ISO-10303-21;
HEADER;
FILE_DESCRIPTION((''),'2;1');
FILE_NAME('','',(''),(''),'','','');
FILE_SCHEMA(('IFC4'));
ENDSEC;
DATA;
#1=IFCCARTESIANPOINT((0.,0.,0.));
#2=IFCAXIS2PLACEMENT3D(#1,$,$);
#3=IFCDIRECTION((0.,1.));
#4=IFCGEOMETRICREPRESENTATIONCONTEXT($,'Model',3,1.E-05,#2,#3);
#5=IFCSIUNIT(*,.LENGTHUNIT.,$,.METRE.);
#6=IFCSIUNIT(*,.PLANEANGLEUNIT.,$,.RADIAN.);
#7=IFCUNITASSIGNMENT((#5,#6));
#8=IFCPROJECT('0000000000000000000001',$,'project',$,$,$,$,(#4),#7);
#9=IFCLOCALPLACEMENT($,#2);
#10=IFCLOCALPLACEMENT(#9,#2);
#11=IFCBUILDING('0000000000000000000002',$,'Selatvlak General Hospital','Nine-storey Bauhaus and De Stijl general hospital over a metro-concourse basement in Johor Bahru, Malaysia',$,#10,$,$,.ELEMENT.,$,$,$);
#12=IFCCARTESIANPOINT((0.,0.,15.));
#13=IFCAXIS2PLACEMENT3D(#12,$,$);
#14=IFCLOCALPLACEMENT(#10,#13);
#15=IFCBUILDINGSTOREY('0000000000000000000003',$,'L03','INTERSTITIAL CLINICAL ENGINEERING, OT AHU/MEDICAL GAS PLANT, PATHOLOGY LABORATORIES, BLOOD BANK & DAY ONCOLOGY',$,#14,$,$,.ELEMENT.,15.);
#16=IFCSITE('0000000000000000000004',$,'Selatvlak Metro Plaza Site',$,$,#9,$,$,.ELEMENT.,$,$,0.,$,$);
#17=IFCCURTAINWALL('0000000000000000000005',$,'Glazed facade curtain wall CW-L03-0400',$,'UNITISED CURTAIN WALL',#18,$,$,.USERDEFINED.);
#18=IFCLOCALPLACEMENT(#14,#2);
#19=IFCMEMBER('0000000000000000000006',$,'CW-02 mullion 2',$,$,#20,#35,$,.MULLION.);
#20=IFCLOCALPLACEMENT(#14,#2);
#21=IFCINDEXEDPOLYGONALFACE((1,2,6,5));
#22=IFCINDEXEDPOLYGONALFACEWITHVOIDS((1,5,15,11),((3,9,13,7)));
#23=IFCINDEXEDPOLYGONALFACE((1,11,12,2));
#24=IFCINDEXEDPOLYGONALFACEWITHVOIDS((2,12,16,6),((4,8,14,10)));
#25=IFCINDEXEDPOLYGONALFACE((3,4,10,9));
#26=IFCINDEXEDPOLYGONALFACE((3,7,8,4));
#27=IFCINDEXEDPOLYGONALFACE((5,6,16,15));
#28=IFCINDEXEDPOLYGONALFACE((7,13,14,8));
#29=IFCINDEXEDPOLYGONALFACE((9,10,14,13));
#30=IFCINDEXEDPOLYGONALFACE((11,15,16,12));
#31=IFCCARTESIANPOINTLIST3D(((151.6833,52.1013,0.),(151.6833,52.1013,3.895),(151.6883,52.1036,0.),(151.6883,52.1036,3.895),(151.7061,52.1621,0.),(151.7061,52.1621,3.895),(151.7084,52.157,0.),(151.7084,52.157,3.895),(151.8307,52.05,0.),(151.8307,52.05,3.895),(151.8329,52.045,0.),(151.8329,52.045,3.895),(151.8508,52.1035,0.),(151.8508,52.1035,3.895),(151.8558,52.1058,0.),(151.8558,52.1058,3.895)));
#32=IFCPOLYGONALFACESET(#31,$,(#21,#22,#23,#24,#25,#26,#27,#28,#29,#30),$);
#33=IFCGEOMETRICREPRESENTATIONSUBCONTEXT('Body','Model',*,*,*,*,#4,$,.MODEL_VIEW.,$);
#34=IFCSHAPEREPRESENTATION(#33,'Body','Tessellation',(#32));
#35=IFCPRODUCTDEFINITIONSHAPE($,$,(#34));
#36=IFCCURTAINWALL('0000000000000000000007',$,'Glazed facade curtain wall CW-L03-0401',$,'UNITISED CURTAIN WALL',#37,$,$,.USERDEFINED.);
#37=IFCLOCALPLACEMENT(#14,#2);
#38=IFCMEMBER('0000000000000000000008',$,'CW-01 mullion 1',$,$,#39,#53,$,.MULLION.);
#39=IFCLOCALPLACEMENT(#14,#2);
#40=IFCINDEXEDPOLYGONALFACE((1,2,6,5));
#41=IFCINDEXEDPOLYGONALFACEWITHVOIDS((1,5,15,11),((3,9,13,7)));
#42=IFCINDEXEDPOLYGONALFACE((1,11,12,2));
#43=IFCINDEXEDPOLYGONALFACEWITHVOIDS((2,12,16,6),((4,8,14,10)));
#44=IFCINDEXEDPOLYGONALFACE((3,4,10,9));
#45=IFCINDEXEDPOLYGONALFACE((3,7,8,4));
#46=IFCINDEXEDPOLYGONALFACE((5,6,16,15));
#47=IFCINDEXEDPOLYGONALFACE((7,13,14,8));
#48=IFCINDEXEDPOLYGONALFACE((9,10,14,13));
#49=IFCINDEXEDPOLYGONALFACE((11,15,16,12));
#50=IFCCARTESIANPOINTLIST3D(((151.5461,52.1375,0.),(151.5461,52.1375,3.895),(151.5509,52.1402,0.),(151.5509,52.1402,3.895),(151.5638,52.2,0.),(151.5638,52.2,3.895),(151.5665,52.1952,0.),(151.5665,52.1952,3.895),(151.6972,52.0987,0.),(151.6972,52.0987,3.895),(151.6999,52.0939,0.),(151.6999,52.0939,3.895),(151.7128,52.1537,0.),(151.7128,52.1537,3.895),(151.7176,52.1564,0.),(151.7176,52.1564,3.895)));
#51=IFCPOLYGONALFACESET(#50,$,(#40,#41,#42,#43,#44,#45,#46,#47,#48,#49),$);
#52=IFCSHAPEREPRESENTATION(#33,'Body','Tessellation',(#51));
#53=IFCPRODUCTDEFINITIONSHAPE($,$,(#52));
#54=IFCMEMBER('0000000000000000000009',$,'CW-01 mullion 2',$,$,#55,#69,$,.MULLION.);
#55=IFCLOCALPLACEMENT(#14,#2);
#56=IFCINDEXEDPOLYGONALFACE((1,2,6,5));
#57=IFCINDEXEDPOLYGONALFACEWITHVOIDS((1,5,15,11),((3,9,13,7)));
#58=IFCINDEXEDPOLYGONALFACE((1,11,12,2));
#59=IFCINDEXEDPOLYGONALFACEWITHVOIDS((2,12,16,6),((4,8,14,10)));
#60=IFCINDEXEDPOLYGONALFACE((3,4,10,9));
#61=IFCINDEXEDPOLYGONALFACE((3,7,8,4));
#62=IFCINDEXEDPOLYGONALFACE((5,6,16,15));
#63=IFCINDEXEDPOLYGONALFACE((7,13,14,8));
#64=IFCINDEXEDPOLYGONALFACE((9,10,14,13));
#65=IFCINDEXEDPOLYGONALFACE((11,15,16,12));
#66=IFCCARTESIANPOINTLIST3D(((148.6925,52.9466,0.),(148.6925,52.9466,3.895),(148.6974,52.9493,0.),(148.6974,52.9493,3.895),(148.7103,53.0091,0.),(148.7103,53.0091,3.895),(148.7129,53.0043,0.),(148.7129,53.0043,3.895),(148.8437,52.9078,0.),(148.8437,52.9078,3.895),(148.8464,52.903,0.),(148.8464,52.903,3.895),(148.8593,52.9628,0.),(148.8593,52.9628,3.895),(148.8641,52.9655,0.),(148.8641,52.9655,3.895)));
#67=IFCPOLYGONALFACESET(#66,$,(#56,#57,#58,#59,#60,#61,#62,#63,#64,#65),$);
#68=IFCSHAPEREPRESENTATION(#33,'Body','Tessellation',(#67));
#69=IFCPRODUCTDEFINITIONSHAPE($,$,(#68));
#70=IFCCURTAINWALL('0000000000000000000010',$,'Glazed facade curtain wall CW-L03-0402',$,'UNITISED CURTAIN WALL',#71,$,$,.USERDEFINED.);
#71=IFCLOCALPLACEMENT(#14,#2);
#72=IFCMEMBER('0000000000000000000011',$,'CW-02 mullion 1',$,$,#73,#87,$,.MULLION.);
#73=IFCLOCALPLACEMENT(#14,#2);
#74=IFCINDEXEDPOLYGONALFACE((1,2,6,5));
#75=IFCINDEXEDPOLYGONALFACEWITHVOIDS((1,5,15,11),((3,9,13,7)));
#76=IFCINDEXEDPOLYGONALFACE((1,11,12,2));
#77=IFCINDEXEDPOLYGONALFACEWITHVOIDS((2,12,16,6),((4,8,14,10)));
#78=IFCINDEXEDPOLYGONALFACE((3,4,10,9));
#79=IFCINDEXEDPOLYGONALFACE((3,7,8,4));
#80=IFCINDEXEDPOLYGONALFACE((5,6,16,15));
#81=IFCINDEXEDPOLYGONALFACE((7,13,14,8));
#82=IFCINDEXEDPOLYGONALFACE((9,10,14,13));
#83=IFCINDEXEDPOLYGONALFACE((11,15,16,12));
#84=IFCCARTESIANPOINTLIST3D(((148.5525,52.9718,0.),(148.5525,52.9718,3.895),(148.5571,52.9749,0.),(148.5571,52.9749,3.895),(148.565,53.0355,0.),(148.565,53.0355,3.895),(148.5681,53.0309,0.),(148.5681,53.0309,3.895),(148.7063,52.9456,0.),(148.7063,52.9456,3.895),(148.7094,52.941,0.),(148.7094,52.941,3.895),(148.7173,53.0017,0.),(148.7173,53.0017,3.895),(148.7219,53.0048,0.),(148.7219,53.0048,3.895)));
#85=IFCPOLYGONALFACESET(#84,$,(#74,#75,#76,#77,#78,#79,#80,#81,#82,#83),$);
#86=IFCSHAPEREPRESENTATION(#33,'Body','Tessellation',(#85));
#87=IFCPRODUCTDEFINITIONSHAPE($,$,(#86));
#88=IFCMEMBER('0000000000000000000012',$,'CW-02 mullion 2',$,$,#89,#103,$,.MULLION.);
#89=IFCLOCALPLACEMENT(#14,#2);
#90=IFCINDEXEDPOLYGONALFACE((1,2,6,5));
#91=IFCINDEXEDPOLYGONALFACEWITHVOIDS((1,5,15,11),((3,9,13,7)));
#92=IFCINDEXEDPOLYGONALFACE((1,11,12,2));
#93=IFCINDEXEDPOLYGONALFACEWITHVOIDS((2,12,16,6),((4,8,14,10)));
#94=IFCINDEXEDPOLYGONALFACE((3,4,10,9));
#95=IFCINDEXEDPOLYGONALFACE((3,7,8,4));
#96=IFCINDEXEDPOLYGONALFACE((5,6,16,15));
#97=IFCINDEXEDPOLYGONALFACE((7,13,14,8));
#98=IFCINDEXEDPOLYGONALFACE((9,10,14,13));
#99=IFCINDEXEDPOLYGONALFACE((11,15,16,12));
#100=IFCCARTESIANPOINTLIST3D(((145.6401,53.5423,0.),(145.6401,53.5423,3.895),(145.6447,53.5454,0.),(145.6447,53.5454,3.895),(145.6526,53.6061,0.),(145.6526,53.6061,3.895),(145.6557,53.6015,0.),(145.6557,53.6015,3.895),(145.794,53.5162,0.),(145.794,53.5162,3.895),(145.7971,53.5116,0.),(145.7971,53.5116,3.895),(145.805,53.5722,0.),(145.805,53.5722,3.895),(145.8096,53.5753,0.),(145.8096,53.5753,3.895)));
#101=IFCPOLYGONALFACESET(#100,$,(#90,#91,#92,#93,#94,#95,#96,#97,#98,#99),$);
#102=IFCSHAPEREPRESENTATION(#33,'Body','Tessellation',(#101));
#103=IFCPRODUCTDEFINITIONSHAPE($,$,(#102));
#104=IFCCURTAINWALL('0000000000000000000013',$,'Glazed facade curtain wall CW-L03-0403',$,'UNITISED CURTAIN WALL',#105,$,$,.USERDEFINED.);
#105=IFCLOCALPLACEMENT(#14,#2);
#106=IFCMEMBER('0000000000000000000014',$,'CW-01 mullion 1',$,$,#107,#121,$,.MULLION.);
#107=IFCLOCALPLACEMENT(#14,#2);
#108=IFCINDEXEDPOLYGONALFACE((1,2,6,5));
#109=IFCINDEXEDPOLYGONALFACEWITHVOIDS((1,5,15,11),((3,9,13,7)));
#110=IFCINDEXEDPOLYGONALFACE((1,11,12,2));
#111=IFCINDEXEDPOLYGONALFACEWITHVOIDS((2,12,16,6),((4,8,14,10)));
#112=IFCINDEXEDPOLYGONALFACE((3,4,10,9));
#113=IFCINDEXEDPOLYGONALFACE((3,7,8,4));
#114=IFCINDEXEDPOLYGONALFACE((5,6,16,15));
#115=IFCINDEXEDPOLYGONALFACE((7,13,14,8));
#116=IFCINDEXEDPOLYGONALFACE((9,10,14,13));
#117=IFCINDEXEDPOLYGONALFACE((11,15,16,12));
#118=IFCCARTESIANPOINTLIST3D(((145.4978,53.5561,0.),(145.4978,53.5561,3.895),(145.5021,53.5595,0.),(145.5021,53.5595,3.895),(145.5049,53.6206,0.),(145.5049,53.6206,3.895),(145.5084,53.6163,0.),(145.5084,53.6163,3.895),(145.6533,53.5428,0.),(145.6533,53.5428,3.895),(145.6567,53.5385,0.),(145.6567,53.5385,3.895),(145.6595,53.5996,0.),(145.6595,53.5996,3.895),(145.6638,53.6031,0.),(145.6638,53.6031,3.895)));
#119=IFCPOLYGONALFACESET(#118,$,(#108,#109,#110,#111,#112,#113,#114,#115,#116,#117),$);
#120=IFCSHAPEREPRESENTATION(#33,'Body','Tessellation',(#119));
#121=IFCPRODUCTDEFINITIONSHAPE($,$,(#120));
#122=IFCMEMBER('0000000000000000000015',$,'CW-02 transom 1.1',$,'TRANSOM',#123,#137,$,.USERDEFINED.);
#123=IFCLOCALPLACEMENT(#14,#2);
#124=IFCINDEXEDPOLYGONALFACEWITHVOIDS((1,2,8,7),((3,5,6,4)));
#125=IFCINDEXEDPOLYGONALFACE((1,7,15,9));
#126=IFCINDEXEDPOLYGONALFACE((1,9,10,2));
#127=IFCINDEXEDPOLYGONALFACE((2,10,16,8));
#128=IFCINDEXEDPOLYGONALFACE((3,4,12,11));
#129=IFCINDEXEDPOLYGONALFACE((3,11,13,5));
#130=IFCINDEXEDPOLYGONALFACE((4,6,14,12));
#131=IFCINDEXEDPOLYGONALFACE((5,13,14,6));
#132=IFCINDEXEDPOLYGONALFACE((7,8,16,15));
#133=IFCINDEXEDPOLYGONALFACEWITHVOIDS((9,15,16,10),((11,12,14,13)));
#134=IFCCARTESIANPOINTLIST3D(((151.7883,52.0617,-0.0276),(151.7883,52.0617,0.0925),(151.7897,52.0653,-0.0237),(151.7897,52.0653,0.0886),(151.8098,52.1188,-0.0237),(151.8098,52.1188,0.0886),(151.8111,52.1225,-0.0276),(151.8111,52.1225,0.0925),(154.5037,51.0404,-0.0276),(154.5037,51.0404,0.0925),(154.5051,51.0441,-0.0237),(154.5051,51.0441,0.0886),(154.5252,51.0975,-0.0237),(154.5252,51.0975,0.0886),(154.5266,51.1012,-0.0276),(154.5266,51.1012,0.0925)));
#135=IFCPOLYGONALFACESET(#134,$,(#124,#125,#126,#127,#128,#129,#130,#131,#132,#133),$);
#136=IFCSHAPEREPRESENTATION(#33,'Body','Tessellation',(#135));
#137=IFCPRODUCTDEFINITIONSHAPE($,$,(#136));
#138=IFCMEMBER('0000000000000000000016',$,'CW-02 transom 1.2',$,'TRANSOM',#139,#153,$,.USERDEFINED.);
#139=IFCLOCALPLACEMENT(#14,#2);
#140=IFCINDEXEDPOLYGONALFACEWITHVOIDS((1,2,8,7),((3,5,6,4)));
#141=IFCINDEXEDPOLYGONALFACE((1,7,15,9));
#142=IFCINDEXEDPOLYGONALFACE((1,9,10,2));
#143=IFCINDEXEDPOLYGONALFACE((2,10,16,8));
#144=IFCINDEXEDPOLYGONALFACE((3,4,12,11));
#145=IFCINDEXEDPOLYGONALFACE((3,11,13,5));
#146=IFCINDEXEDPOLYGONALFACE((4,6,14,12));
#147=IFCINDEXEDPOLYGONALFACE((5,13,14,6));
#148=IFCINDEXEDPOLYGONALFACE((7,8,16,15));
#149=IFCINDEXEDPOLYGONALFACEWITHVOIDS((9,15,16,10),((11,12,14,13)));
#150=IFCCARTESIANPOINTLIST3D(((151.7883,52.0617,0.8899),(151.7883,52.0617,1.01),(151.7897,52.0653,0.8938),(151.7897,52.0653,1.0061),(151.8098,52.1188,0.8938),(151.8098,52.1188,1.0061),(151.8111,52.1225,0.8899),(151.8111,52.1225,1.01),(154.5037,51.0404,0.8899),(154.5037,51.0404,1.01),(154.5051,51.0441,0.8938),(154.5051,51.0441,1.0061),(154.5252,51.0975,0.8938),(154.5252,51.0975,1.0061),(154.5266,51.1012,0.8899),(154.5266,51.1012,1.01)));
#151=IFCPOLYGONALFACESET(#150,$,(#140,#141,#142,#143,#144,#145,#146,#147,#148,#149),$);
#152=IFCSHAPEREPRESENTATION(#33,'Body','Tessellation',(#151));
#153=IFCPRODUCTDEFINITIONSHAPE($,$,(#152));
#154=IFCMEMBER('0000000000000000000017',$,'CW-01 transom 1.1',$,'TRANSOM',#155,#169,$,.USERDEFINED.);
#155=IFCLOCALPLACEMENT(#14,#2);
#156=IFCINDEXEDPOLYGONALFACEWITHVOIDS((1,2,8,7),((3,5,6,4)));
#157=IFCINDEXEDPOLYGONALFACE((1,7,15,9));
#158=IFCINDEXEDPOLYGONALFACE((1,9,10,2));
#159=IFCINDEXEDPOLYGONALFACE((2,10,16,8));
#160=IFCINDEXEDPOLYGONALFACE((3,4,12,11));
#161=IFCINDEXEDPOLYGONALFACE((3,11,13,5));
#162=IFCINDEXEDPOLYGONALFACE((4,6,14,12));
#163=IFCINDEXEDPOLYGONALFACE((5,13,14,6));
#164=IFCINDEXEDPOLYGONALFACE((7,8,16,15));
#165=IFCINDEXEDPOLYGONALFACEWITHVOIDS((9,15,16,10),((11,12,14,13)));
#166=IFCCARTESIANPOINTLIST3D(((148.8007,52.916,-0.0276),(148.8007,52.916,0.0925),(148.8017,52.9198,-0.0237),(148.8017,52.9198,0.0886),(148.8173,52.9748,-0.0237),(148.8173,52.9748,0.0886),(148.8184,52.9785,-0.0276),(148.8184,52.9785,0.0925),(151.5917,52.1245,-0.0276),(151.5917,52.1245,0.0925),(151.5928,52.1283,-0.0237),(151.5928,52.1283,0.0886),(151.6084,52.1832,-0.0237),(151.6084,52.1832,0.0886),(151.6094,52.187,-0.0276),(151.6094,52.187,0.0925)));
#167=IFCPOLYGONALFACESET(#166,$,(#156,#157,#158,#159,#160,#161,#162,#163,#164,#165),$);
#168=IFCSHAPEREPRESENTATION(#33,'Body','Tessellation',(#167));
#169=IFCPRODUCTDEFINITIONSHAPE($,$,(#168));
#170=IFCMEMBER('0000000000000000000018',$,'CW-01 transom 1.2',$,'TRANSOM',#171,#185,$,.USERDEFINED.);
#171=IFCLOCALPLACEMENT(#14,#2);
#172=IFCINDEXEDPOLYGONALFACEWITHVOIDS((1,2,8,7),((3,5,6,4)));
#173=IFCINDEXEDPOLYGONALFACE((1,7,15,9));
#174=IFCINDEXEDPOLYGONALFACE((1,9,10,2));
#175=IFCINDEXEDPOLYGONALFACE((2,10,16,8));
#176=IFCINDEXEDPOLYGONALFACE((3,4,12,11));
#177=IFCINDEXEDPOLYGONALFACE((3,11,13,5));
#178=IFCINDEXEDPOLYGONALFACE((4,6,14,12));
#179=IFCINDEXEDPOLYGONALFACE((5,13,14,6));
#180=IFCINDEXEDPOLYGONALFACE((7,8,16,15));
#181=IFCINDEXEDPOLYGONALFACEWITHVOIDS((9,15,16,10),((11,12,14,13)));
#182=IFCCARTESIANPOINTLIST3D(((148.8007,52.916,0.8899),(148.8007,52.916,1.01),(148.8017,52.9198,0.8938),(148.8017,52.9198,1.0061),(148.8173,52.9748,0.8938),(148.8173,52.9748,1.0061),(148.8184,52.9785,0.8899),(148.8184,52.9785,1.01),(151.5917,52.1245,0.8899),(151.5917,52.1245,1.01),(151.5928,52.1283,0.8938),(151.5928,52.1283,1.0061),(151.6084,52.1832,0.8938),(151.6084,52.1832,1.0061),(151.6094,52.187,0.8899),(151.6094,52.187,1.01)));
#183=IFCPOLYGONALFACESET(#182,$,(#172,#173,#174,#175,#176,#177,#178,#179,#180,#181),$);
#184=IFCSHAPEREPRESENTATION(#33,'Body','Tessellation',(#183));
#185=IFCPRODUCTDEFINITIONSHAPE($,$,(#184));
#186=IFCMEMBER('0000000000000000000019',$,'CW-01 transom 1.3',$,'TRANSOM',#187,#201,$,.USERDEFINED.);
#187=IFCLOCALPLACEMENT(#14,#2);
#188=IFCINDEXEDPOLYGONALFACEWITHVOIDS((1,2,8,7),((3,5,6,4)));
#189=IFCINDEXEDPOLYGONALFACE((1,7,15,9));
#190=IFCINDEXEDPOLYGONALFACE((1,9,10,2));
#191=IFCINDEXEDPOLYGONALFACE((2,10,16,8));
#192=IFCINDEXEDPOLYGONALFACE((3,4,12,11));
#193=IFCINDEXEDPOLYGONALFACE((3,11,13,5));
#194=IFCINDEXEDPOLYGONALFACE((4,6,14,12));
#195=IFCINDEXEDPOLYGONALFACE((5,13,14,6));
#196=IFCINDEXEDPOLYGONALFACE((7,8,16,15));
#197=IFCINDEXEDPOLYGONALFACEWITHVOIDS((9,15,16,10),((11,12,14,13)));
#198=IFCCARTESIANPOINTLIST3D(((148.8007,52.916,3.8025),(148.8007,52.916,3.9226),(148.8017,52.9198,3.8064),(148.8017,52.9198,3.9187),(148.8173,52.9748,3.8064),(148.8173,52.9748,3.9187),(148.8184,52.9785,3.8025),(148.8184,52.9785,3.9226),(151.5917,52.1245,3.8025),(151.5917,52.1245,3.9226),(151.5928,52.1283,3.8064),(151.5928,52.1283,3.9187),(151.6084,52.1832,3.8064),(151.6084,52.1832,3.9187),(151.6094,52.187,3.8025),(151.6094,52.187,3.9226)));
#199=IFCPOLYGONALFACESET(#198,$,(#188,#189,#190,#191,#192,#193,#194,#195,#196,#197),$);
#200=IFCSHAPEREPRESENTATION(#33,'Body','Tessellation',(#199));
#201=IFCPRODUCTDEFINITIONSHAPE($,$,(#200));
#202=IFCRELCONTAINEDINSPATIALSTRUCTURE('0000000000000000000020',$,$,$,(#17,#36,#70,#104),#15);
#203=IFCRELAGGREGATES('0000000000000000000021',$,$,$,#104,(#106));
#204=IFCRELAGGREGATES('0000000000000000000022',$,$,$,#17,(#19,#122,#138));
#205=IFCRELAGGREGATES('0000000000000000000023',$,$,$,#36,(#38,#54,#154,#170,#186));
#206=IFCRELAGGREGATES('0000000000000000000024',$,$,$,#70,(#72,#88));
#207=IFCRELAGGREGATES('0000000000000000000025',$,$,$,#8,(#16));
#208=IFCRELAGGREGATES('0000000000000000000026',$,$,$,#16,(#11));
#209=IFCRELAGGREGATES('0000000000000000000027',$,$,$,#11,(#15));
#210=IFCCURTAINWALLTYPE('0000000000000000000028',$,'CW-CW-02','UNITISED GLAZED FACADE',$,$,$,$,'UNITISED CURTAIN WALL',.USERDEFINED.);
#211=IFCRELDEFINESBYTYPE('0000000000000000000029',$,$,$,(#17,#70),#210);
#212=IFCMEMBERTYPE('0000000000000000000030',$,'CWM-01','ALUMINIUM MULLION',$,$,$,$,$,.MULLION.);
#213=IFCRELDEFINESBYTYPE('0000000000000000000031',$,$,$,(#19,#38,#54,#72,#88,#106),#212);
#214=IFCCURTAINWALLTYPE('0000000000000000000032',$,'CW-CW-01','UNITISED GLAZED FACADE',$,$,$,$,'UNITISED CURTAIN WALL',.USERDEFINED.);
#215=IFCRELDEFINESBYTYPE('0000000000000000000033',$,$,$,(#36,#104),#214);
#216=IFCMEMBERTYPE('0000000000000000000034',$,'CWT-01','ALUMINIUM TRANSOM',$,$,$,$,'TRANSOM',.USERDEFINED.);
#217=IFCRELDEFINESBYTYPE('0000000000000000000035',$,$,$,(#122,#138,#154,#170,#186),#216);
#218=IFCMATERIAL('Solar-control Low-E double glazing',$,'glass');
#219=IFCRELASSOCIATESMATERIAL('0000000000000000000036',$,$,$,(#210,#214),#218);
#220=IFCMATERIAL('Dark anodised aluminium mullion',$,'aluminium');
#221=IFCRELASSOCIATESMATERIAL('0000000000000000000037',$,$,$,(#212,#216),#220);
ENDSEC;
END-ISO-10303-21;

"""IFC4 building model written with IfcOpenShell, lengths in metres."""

from ifc_helpers import new_model, si_unit, direction, frame, origin, origin_2d, place, context, subcontext, project, spatial, hollow_rectangle, extrude, material, material_profile, profile_set, type_object, element, aggregate, save


model = new_model("IFC4")

# Units and contexts
model_context = context("Model", 3, precision=1e-05, world=origin(), true_north=direction((0.0, 1.0)))
body_context = subcontext(model_context, "Body", "Model", "MODEL_VIEW")
ifc_project = project(units=[si_unit("LENGTHUNIT", "METRE"), si_unit("PLANEANGLEUNIT", "RADIAN")], contexts=[model_context])

# Site, building, storey
site_placement = place(None, origin())
site = spatial("IfcSite", under=ifc_project, at=site_placement, Name="Selatvlak Metro Plaza Site", CompositionType="ELEMENT", RefElevation=0.0)
building_placement = place(site_placement, origin())
building = spatial("IfcBuilding", under=site, at=building_placement, Name="Selatvlak General Hospital", Description="Nine-storey Bauhaus and De Stijl general hospital over a metro-concourse basement in Johor Bahru, Malaysia", CompositionType="ELEMENT")
storey_placement = place(building_placement, frame((0.0, 0.0, 15.0)))
storey = spatial("IfcBuildingStorey", under=building, at=storey_placement, Name="L03", Description="INTERSTITIAL CLINICAL ENGINEERING, OT AHU/MEDICAL GAS PLANT, PATHOLOGY LABORATORIES, BLOOD BANK & DAY ONCOLOGY", CompositionType="ELEMENT", Elevation=15.0)

# Curtain wall, member
ifc_material_1 = material(Name="Solar-control Low-E double glazing", Category="glass")
curtain_wall_type_1 = type_object("IfcCurtainWallType", Name="CW-CW-02", Description="UNITISED GLAZED FACADE", ElementType="UNITISED CURTAIN WALL", PredefinedType="USERDEFINED", material=ifc_material_1)
curtain_wall_1_placement = place(storey_placement, origin())
curtain_wall_1 = element("IfcCurtainWall", 1, at=curtain_wall_1_placement, inside=storey, type_object=curtain_wall_type_1, Name="Glazed facade curtain wall CW-L03-0400", ObjectType="UNITISED CURTAIN WALL", PredefinedType="USERDEFINED")
ifc_material_2 = material(Name="Dark anodised aluminium mullion", Category="aluminium")
ifc_material_profile_1 = material_profile(ifc_material_2, hollow_rectangle(XDim=0.0649, YDim=0.1599, WallThickness=0.0039, at=origin_2d()), Name="AL-MUL 65x160x4")
ifc_profile_set_1 = profile_set([ifc_material_profile_1], Name="Dark anodised aluminium mullion")
member_type_1 = type_object("IfcMemberType", Name="CWM-01", Description="ALUMINIUM MULLION", PredefinedType="MULLION", material=ifc_profile_set_1)
member_1_placement = place(storey_placement, frame((151.7695, 52.1035, 0.0), z_axis=(0.0, 0.0, 1.0), x_axis=(-0.352027, -0.93599, 0.0)))
member_1 = element("IfcMember", 2, at=member_1_placement, type_object=member_type_1, Name="CW-02 mullion 2", PredefinedType="MULLION", context=body_context, shape_type="SweptSolid", body=[
    extrude(hollow_rectangle(XDim=0.0649, YDim=0.1599, WallThickness=0.0039, at=origin_2d()), origin(), (0.0, 0.0, 1.0), 3.895),
])

# Curtain walls, members
curtain_wall_type_2 = type_object("IfcCurtainWallType", Name="CW-CW-01", Description="UNITISED GLAZED FACADE", ElementType="UNITISED CURTAIN WALL", PredefinedType="USERDEFINED", material=ifc_material_1)
curtain_wall_2_placement = place(storey_placement, origin())
curtain_wall_2 = element("IfcCurtainWall", 3, at=curtain_wall_2_placement, inside=storey, type_object=curtain_wall_type_2, Name="Glazed facade curtain wall CW-L03-0401", ObjectType="UNITISED CURTAIN WALL", PredefinedType="USERDEFINED")
member_2_placement = place(storey_placement, frame((151.6318, 52.147, 0.0), z_axis=(0.0, 0.0, 1.0), x_axis=(-0.272847, -0.962057, 0.0)))
member_2 = element("IfcMember", 4, at=member_2_placement, type_object=member_type_1, Name="CW-01 mullion 1", PredefinedType="MULLION", context=body_context, shape_type="SweptSolid", body=[
    extrude(hollow_rectangle(XDim=0.0649, YDim=0.1599, WallThickness=0.0039, at=origin_2d()), origin(), (0.0, 0.0, 1.0), 3.895),
])
member_3_placement = place(storey_placement, frame((148.7783, 52.9561, 0.0), z_axis=(0.0, 0.0, 1.0), x_axis=(-0.272847, -0.962057, 0.0)))
member_3 = element("IfcMember", 5, at=member_3_placement, type_object=member_type_1, Name="CW-01 mullion 2", PredefinedType="MULLION", context=body_context, shape_type="SweptSolid", body=[
    extrude(hollow_rectangle(XDim=0.0649, YDim=0.1599, WallThickness=0.0039, at=origin_2d()), origin(), (0.0, 0.0, 1.0), 3.895),
])
curtain_wall_3_placement = place(storey_placement, origin())
curtain_wall_3 = element("IfcCurtainWall", 6, at=curtain_wall_3_placement, inside=storey, type_object=curtain_wall_type_1, Name="Glazed facade curtain wall CW-L03-0402", ObjectType="UNITISED CURTAIN WALL", PredefinedType="USERDEFINED")
member_4_placement = place(storey_placement, frame((148.6372, 52.9883, 0.0), z_axis=(0.0, 0.0, 1.0), x_axis=(-0.192246, -0.981347, 0.0)))
member_4 = element("IfcMember", 7, at=member_4_placement, type_object=member_type_1, Name="CW-02 mullion 1", PredefinedType="MULLION", context=body_context, shape_type="SweptSolid", body=[
    extrude(hollow_rectangle(XDim=0.0649, YDim=0.1599, WallThickness=0.0039, at=origin_2d()), origin(), (0.0, 0.0, 1.0), 3.895),
])
member_5_placement = place(storey_placement, frame((145.7249, 53.5588, 0.0), z_axis=(0.0, 0.0, 1.0), x_axis=(-0.192246, -0.981347, 0.0)))
member_5 = element("IfcMember", 8, at=member_5_placement, type_object=member_type_1, Name="CW-02 mullion 2", PredefinedType="MULLION", context=body_context, shape_type="SweptSolid", body=[
    extrude(hollow_rectangle(XDim=0.0649, YDim=0.1599, WallThickness=0.0039, at=origin_2d()), origin(), (0.0, 0.0, 1.0), 3.895),
])

# Curtain wall, member
curtain_wall_4_placement = place(storey_placement, origin())
curtain_wall_4 = element("IfcCurtainWall", 9, at=curtain_wall_4_placement, inside=storey, type_object=curtain_wall_type_2, Name="Glazed facade curtain wall CW-L03-0403", ObjectType="UNITISED CURTAIN WALL", PredefinedType="USERDEFINED")
member_6_placement = place(storey_placement, frame((145.5808, 53.5796, 0.0), z_axis=(0.0, 0.0, 1.0), x_axis=(-0.10978, -0.993956, 0.0)))
member_6 = element("IfcMember", 10, at=member_6_placement, type_object=member_type_1, Name="CW-01 mullion 1", PredefinedType="MULLION", context=body_context, shape_type="SweptSolid", body=[
    extrude(hollow_rectangle(XDim=0.0649, YDim=0.1599, WallThickness=0.0039, at=origin_2d()), origin(), (0.0, 0.0, 1.0), 3.895),
])

# Members
ifc_material_profile_2 = material_profile(ifc_material_2, hollow_rectangle(XDim=0.0649, YDim=0.1201, WallThickness=0.0039, at=origin_2d()), Name="AL-TRN 65x120x4")
ifc_profile_set_2 = profile_set([ifc_material_profile_2], Name="Dark anodised aluminium mullion")
member_type_2 = type_object("IfcMemberType", Name="CWT-01", Description="ALUMINIUM TRANSOM", ElementType="TRANSOM", PredefinedType="USERDEFINED", material=ifc_profile_set_2)
member_7_placement = place(storey_placement, frame((154.5151, 51.0708, 0.0325), z_axis=(-0.93599, 0.352027, 0.0), x_axis=(-0.352027, -0.93599, 0.0)))
member_7 = element("IfcMember", 11, at=member_7_placement, type_object=member_type_2, Name="CW-02 transom 1.1", ObjectType="TRANSOM", PredefinedType="USERDEFINED", context=body_context, shape_type="SweptSolid", body=[
    extrude(hollow_rectangle(XDim=0.0649, YDim=0.1201, WallThickness=0.0039, at=origin_2d()), origin(), (0.0, 0.0, 1.0), 2.9011),
])
member_8_placement = place(storey_placement, frame((154.5151, 51.0708, 0.95), z_axis=(-0.93599, 0.352027, 0.0), x_axis=(-0.352027, -0.93599, 0.0)))
member_8 = element("IfcMember", 12, at=member_8_placement, type_object=member_type_2, Name="CW-02 transom 1.2", ObjectType="TRANSOM", PredefinedType="USERDEFINED", context=body_context, shape_type="SweptSolid", body=[
    extrude(hollow_rectangle(XDim=0.0649, YDim=0.1201, WallThickness=0.0039, at=origin_2d()), origin(), (0.0, 0.0, 1.0), 2.9011),
])
member_9_placement = place(storey_placement, frame((151.6006, 52.1558, 0.0325), z_axis=(-0.962062, 0.272831, 0.0), x_axis=(-0.272831, -0.962062, 0.0)))
member_9 = element("IfcMember", 13, at=member_9_placement, type_object=member_type_2, Name="CW-01 transom 1.1", ObjectType="TRANSOM", PredefinedType="USERDEFINED", context=body_context, shape_type="SweptSolid", body=[
    extrude(hollow_rectangle(XDim=0.0649, YDim=0.1201, WallThickness=0.0039, at=origin_2d()), origin(), (0.0, 0.0, 1.0), 2.9011),
])
member_10_placement = place(storey_placement, frame((151.6006, 52.1558, 0.95), z_axis=(-0.962062, 0.272831, 0.0), x_axis=(-0.272831, -0.962062, 0.0)))
member_10 = element("IfcMember", 14, at=member_10_placement, type_object=member_type_2, Name="CW-01 transom 1.2", ObjectType="TRANSOM", PredefinedType="USERDEFINED", context=body_context, shape_type="SweptSolid", body=[
    extrude(hollow_rectangle(XDim=0.0649, YDim=0.1201, WallThickness=0.0039, at=origin_2d()), origin(), (0.0, 0.0, 1.0), 2.9011),
])
member_11_placement = place(storey_placement, frame((151.6006, 52.1558, 3.8625), z_axis=(-0.962062, 0.272831, 0.0), x_axis=(-0.272831, -0.962062, 0.0)))
member_11 = element("IfcMember", 15, at=member_11_placement, type_object=member_type_2, Name="CW-01 transom 1.3", ObjectType="TRANSOM", PredefinedType="USERDEFINED", context=body_context, shape_type="SweptSolid", body=[
    extrude(hollow_rectangle(XDim=0.0649, YDim=0.1201, WallThickness=0.0039, at=origin_2d()), origin(), (0.0, 0.0, 1.0), 2.9011),
])
aggregate(curtain_wall_4, [member_6])

aggregate(curtain_wall_1, [member_1, member_7, member_8])
aggregate(curtain_wall_2, [member_2, member_3, member_9, member_10, member_11])
aggregate(curtain_wall_3, [member_4, member_5])

save(model, "model.ifc")
